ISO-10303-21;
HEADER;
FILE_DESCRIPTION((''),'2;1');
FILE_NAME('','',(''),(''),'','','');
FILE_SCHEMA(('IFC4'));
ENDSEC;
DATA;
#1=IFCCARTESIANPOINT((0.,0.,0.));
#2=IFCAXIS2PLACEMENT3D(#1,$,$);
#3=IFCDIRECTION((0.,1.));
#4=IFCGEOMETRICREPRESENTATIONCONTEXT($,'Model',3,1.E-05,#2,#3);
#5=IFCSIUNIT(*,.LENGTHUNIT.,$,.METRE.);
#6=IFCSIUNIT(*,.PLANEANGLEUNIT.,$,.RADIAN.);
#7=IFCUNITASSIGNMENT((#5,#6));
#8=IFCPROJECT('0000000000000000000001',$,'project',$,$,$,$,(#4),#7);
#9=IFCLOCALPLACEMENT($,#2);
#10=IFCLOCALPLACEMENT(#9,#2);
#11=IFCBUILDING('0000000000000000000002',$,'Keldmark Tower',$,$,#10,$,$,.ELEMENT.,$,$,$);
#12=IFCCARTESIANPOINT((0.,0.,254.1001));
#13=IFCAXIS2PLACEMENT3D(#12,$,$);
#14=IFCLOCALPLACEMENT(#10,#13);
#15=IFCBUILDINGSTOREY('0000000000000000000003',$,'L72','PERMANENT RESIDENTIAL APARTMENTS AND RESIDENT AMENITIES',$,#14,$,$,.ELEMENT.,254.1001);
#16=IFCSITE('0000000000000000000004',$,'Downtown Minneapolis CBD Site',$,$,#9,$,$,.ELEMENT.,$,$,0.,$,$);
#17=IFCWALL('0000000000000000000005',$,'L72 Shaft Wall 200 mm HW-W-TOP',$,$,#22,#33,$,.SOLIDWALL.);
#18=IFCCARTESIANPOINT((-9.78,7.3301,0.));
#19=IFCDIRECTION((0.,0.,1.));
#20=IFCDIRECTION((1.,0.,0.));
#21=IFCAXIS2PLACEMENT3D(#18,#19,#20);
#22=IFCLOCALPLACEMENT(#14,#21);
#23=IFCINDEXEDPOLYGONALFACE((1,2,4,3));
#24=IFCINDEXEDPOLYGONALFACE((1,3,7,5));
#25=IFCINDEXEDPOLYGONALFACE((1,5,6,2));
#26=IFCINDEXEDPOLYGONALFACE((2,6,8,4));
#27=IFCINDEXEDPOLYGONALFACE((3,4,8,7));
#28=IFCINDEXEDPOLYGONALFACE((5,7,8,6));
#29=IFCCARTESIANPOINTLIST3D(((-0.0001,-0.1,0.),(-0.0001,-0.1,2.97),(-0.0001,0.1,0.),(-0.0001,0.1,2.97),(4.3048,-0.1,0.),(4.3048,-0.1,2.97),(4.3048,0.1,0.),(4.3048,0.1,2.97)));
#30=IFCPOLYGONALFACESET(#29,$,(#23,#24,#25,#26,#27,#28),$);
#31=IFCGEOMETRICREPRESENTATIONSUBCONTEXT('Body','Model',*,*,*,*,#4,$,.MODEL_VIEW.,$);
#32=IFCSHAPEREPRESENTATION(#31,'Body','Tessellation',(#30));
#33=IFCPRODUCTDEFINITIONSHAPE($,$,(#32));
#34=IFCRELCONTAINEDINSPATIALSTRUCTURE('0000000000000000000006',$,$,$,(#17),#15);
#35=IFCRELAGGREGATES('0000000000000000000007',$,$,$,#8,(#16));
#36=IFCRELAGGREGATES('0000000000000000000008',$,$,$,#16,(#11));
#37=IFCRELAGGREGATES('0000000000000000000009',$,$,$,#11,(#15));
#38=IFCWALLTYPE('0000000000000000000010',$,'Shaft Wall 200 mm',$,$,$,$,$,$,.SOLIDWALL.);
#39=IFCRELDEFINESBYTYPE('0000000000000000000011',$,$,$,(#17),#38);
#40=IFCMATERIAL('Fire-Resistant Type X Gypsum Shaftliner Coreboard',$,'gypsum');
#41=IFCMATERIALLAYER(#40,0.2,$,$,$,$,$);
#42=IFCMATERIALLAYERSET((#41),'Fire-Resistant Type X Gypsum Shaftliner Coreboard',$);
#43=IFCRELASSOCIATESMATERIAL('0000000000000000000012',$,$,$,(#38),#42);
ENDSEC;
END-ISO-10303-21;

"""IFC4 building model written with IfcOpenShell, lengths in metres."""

from ifc_helpers import new_model, si_unit, direction, frame, frame_2d, origin, place, context, subcontext, project, spatial, rectangle, extrude, material, layer, layer_set, type_object, element, save


model = new_model("IFC4")

# Units and contexts
model_context = context("Model", 3, precision=1e-05, world=origin(), true_north=direction((0.0, 1.0)))
body_context = subcontext(model_context, "Body", "Model", "MODEL_VIEW")
ifc_project = project(units=[si_unit("LENGTHUNIT", "METRE"), si_unit("PLANEANGLEUNIT", "RADIAN")], contexts=[model_context])

# Site, building, storey
site_placement = place(None, origin())
site = spatial("IfcSite", under=ifc_project, at=site_placement, Name="Downtown Minneapolis CBD Site", CompositionType="ELEMENT", RefElevation=0.0)
building_placement = place(site_placement, origin())
building = spatial("IfcBuilding", under=site, at=building_placement, Name="Keldmark Tower", CompositionType="ELEMENT")
storey_placement = place(building_placement, frame((0.0, 0.0, 254.1001)))
storey = spatial("IfcBuildingStorey", under=building, at=storey_placement, Name="L72", Description="PERMANENT RESIDENTIAL APARTMENTS AND RESIDENT AMENITIES", CompositionType="ELEMENT", Elevation=254.1001)

# Shared definitions
ifc_material_1 = material(Name="Fire-Resistant Type X Gypsum Shaftliner Coreboard", Category="gypsum")
ifc_layer_1 = layer(ifc_material_1, 0.2)
ifc_layer_set_1 = layer_set([ifc_layer_1], Name="Fire-Resistant Type X Gypsum Shaftliner Coreboard")
wall_type_1 = type_object("IfcWallType", Name="Shaft Wall 200 mm", PredefinedType="SOLIDWALL", material=ifc_layer_set_1)

# Wall
wall_1_placement = place(storey_placement, frame((-9.78, 7.3301, 0.0), z_axis=(0.0, 0.0, 1.0), x_axis=(1.0, 0.0, 0.0)))
element("IfcWall", 1, at=wall_1_placement, inside=storey, type_object=wall_type_1, Name="L72 Shaft Wall 200 mm HW-W-TOP", PredefinedType="SOLIDWALL", context=body_context, shape_type="SweptSolid", body=[
    extrude(rectangle(XDim=4.3049, YDim=0.2, at=frame_2d((2.1523, 0.0))), origin(), (0.0, 0.0, 1.0), 2.97),
])

save(model, "model.ifc")
